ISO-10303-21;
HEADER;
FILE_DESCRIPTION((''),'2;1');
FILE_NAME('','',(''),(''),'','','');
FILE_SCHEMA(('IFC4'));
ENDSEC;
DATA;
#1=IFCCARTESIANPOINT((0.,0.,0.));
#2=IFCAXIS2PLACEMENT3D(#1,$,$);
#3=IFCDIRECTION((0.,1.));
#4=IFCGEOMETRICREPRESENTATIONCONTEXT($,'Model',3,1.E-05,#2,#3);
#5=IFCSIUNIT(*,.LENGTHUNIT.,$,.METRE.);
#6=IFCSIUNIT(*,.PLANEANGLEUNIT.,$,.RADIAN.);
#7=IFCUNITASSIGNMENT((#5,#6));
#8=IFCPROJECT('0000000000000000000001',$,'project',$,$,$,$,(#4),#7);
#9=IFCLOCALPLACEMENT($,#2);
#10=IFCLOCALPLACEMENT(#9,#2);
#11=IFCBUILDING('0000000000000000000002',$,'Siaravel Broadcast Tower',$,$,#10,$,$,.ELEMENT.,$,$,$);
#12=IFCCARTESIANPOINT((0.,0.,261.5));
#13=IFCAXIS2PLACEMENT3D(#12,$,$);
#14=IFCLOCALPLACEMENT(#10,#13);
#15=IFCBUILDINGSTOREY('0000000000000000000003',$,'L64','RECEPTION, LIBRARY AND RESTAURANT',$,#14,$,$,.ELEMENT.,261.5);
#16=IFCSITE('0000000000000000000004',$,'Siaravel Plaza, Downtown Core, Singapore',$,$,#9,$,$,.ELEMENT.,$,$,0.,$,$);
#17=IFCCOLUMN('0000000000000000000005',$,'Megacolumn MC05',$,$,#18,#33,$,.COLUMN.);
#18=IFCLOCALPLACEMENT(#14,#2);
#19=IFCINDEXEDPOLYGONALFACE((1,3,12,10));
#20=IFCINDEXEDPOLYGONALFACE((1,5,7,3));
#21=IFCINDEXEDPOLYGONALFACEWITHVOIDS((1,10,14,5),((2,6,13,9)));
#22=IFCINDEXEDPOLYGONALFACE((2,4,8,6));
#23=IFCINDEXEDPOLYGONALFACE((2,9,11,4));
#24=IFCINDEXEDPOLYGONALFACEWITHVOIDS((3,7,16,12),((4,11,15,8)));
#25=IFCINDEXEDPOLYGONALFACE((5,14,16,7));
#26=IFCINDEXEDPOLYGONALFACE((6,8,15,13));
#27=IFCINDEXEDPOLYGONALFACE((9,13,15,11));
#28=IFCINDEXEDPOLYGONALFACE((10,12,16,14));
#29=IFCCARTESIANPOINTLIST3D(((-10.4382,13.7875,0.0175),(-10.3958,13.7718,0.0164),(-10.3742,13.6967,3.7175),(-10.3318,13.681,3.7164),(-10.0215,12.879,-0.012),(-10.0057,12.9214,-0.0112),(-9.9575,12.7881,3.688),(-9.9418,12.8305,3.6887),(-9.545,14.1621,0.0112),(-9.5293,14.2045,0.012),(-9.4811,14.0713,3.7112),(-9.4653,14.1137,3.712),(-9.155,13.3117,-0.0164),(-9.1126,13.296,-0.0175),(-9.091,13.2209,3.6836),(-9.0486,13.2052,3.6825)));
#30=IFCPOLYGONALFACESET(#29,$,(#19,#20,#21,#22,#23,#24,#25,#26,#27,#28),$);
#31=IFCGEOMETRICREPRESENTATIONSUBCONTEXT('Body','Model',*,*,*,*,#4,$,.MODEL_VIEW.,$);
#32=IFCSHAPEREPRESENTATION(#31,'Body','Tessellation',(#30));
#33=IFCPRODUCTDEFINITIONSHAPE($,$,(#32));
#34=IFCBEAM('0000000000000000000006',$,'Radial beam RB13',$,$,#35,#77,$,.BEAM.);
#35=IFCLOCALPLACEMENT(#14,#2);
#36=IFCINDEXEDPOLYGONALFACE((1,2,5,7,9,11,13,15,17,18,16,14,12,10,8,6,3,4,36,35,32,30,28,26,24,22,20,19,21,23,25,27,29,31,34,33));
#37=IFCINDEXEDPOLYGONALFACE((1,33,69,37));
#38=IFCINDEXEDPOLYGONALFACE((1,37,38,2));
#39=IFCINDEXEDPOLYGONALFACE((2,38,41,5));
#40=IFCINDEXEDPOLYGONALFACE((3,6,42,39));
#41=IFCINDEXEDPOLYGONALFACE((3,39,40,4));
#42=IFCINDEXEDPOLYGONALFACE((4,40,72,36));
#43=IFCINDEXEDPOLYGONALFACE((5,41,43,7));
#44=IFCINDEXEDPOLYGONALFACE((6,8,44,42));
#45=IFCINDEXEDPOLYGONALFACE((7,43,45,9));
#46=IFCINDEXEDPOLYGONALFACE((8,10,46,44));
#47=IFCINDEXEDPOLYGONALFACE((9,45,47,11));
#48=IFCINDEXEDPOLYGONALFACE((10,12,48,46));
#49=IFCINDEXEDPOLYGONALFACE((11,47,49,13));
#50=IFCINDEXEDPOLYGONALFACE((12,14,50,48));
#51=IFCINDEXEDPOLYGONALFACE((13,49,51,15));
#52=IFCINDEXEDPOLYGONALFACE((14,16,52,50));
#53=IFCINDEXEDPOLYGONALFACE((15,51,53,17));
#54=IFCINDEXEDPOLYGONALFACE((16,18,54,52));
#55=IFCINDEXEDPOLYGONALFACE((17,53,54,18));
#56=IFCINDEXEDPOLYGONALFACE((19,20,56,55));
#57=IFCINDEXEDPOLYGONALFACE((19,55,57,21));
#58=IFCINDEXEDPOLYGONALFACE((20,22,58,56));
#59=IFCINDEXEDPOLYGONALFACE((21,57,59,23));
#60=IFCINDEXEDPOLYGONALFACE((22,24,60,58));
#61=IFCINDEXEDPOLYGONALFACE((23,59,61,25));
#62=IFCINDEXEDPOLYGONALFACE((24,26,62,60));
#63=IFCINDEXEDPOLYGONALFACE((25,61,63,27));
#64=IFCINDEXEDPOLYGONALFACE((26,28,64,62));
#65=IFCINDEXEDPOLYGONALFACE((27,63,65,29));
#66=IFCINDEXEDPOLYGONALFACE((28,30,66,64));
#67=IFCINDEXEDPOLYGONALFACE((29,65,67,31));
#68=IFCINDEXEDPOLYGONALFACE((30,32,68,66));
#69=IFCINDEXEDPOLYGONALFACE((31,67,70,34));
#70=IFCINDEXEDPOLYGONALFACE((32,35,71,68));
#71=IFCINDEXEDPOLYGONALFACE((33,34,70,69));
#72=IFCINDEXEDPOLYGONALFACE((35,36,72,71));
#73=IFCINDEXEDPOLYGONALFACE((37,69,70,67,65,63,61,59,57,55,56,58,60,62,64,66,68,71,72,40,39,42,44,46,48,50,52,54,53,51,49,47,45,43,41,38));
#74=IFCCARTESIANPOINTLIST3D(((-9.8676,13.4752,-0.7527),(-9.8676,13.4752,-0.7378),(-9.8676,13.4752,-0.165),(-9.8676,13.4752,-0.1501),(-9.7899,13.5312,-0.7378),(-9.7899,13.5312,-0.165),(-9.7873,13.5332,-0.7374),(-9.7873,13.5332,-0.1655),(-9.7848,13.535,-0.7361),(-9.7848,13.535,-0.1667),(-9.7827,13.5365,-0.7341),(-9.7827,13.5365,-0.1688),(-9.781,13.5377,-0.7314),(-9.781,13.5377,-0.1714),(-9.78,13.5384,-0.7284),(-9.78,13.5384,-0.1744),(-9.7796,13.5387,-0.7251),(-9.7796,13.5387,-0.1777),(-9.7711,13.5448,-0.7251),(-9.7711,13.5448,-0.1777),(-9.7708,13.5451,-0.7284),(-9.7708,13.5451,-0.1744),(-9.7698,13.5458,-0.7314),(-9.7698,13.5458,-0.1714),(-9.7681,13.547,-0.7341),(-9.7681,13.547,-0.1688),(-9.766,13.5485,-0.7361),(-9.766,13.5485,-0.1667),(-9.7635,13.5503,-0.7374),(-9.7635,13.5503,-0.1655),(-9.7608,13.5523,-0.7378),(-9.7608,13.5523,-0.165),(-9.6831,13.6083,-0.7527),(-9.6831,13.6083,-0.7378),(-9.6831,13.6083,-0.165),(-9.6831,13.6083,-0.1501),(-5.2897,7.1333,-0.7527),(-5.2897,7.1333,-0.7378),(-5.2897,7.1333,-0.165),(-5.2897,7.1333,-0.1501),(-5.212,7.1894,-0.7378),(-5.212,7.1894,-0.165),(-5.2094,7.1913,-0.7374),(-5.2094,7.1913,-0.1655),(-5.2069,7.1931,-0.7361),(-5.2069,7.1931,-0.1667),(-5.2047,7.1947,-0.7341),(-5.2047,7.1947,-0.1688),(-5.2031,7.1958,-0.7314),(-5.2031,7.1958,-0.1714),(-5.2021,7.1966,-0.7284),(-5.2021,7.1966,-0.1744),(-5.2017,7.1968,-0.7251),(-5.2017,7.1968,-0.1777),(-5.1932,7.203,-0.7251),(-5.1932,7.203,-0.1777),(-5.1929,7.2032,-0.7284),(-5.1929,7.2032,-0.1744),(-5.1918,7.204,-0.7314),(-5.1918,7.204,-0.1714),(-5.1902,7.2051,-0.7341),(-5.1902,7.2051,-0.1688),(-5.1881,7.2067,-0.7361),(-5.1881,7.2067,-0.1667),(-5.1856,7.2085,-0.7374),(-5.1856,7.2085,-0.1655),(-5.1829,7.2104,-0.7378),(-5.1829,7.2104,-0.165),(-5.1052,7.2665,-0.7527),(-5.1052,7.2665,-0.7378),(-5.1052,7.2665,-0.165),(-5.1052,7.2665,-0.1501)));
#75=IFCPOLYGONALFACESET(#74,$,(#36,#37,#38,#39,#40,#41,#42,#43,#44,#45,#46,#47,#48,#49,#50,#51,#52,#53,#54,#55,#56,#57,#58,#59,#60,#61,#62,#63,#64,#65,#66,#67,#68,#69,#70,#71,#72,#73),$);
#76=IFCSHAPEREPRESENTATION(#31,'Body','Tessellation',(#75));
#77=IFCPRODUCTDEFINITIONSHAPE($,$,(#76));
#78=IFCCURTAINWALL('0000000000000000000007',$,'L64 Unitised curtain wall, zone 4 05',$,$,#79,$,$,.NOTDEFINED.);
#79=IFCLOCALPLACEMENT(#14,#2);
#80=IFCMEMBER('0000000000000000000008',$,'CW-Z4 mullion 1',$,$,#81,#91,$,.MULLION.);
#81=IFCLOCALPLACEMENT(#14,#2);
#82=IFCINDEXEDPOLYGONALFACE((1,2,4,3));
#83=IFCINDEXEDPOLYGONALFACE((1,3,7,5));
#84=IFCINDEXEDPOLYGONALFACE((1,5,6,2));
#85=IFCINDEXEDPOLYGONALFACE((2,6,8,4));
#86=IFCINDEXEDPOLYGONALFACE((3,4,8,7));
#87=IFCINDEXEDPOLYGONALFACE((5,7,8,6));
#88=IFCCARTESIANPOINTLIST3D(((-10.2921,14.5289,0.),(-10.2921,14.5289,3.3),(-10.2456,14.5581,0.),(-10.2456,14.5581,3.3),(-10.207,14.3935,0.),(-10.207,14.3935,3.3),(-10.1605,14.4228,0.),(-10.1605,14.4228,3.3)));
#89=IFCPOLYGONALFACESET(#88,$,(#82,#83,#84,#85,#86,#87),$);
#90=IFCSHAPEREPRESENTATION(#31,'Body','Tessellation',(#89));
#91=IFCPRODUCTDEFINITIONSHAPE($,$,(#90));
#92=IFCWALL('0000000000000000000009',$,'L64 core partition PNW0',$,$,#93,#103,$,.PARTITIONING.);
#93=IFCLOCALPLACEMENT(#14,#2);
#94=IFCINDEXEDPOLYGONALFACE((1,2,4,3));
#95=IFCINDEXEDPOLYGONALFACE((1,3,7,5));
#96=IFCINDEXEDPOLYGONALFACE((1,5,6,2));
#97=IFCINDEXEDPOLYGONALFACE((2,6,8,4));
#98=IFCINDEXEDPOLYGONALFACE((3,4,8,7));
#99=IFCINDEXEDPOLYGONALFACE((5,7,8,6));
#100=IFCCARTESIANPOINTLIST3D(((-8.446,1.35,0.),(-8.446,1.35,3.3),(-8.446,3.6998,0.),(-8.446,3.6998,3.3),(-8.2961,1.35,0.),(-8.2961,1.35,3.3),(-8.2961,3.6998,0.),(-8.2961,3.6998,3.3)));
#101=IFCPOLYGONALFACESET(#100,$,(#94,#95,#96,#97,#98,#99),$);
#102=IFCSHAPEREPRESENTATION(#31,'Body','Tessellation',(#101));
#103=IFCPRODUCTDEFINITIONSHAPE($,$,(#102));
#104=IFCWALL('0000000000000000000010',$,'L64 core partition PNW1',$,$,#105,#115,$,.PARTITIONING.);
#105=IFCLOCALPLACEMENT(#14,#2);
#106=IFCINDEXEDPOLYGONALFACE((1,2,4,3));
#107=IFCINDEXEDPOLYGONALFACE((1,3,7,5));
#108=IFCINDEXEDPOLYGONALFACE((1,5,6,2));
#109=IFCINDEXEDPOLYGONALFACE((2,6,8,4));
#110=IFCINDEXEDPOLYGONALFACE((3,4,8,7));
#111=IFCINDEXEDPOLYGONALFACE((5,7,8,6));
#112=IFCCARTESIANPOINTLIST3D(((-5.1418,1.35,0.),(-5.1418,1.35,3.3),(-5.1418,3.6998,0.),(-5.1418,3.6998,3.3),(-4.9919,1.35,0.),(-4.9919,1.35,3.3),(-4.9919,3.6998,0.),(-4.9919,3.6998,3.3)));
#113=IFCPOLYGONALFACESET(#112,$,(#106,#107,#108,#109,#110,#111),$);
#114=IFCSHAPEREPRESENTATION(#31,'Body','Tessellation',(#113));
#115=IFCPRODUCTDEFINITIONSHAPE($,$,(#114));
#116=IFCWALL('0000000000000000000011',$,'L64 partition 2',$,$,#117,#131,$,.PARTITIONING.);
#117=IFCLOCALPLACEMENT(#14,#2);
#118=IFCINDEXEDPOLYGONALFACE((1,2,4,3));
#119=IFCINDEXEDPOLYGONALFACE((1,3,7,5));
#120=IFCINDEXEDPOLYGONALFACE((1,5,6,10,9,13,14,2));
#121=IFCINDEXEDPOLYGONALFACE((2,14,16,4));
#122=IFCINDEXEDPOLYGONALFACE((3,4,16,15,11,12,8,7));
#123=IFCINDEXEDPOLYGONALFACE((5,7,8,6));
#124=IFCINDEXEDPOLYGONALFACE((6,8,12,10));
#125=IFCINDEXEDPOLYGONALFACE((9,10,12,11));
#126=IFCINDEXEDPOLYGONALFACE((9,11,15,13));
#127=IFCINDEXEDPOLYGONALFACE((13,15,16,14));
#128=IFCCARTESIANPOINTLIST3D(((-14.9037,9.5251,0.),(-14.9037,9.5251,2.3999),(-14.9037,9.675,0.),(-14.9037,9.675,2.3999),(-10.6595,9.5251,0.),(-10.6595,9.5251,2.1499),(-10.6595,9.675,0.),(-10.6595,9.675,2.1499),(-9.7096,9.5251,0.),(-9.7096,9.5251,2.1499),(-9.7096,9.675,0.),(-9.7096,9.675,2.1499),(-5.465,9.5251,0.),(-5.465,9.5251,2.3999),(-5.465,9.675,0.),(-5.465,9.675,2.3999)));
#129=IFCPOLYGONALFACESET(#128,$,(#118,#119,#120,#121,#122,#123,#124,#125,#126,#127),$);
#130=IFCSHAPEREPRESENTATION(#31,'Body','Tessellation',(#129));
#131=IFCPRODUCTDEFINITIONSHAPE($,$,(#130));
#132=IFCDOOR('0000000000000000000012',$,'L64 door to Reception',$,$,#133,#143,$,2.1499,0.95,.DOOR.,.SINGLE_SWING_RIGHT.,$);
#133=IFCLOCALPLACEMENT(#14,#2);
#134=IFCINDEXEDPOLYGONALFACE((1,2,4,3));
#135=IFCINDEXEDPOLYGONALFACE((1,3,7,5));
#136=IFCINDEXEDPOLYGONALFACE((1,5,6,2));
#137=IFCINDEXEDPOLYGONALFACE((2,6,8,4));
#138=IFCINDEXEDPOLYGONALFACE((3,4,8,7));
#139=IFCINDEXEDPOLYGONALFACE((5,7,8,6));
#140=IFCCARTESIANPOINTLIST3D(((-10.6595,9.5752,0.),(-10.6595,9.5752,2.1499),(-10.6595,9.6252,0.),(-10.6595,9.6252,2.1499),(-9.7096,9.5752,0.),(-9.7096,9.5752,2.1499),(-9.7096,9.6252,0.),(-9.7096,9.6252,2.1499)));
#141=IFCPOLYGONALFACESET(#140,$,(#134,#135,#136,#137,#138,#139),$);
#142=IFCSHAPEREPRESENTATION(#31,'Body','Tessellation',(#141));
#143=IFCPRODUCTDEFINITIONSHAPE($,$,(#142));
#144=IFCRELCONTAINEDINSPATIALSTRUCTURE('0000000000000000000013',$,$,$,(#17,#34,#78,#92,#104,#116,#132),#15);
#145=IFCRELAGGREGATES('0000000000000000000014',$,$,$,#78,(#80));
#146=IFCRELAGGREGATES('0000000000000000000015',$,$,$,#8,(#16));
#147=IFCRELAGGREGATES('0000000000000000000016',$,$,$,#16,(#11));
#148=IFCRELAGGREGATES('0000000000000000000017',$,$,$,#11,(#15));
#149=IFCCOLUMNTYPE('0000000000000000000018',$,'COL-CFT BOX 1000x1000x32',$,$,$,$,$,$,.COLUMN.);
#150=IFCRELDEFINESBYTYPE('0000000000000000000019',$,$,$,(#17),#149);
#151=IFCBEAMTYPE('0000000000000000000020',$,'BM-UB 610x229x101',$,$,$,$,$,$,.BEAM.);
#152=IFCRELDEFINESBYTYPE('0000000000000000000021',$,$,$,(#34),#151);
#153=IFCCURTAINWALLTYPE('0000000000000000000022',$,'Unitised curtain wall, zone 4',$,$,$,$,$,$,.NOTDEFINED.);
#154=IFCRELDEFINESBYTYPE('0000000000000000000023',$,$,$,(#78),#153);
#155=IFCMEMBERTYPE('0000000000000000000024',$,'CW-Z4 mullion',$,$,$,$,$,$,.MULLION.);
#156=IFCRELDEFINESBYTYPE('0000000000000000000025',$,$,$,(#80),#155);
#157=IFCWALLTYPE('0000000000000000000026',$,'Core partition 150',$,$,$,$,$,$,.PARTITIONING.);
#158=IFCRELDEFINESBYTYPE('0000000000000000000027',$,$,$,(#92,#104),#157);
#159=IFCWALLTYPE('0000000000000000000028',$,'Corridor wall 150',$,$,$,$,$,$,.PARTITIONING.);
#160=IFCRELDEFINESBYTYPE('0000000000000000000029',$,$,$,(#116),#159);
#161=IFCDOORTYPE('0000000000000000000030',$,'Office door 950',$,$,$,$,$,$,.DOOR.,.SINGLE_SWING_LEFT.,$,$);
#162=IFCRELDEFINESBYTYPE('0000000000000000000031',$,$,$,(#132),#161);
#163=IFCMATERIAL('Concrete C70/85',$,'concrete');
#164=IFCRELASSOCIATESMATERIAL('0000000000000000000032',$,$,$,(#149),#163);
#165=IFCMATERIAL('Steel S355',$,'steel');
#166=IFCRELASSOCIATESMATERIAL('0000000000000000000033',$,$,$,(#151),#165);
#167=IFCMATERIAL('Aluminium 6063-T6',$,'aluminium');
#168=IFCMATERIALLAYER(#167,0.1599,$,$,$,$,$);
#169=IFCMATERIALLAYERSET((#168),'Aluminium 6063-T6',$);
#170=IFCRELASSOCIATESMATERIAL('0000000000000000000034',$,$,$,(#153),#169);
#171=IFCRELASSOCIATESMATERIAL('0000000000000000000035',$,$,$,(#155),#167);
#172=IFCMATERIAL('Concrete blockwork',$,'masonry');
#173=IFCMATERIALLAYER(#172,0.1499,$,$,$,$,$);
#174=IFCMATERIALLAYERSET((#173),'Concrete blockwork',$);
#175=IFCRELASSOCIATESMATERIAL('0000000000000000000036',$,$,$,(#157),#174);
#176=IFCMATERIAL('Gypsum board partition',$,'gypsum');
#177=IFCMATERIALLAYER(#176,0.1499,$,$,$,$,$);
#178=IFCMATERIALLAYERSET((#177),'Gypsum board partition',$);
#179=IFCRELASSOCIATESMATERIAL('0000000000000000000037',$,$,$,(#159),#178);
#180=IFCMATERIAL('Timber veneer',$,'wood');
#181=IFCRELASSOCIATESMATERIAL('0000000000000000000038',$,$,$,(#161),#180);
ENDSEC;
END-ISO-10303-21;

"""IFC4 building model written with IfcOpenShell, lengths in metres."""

from ifc_helpers import new_model, si_unit, direction, frame, frame_2d, origin, origin_2d, place, context, subcontext, project, spatial, rectangle, hollow_rectangle, i_section, extrude, material, layer, layer_set, material_profile, profile_set, type_object, element, fill, aggregate, save


model = new_model("IFC4")

# Units and contexts
model_context = context("Model", 3, precision=1e-05, world=origin(), true_north=direction((0.0, 1.0)))
body_context = subcontext(model_context, "Body", "Model", "MODEL_VIEW")
ifc_project = project(units=[si_unit("LENGTHUNIT", "METRE"), si_unit("PLANEANGLEUNIT", "RADIAN")], contexts=[model_context])

# Site, building, storey
site_placement = place(None, origin())
site = spatial("IfcSite", under=ifc_project, at=site_placement, Name="Siaravel Plaza, Downtown Core, Singapore", CompositionType="ELEMENT", RefElevation=0.0)
building_placement = place(site_placement, origin())
building = spatial("IfcBuilding", under=site, at=building_placement, Name="Siaravel Broadcast Tower", CompositionType="ELEMENT")
storey_placement = place(building_placement, frame((0.0, 0.0, 261.5)))
storey = spatial("IfcBuildingStorey", under=building, at=storey_placement, Name="L64", Description="RECEPTION, LIBRARY AND RESTAURANT", CompositionType="ELEMENT", Elevation=261.5)

# Column
ifc_material_1 = material(Name="Concrete C70/85", Category="concrete")
ifc_material_profile_1 = material_profile(ifc_material_1, hollow_rectangle(XDim=1.0, YDim=1.0, WallThickness=0.032, at=origin_2d()))
ifc_profile_set_1 = profile_set([ifc_material_profile_1], Name="Concrete C70/85")
column_type = type_object("IfcColumnType", Name="COL-CFT BOX 1000x1000x32", PredefinedType="COLUMN", material=ifc_profile_set_1)
column_placement = place(storey_placement, frame((-9.7754, 13.5417, 0.0), z_axis=(0.01728, -0.024535, 0.99955), x_axis=(0.908883, 0.417016, -0.005477)))
element("IfcColumn", 1, at=column_placement, inside=storey, type_object=column_type, Name="Megacolumn MC05", PredefinedType="COLUMN", context=body_context, shape_type="SweptSolid", body=[
    extrude(hollow_rectangle(XDim=1.0, YDim=1.0, WallThickness=0.032, at=origin_2d()), origin(), (0.0, 0.0, 1.0), 3.7017),
])

# Beam
ifc_material_2 = material(Name="Steel S355", Category="steel")
ifc_material_profile_2 = material_profile(ifc_material_2, i_section(OverallWidth=0.2275, OverallDepth=0.6025, WebThickness=0.0105, FlangeThickness=0.0149, FilletRadius=0.0127, at=origin_2d()))
ifc_profile_set_2 = profile_set([ifc_material_profile_2], Name="Steel S355")
beam_type = type_object("IfcBeamType", Name="BM-UB 610x229x101", PredefinedType="BEAM", material=ifc_profile_set_2)
beam_placement = place(storey_placement, frame((-9.7754, 13.5417, -0.4514), z_axis=(0.585297, -0.810819, 0.0), x_axis=(0.810819, 0.585297, 0.0)))
element("IfcBeam", 2, at=beam_placement, inside=storey, type_object=beam_type, Name="Radial beam RB13", PredefinedType="BEAM", context=body_context, shape_type="SweptSolid", body=[
    extrude(i_section(OverallWidth=0.2275, OverallDepth=0.6025, WebThickness=0.0105, FlangeThickness=0.0149, FilletRadius=0.0127, at=origin_2d()), origin(), (0.0, 0.0, 1.0), 7.8215),
])

# Curtain wall, member
ifc_material_3 = material(Name="Aluminium 6063-T6", Category="aluminium")
ifc_layer_1 = layer(ifc_material_3, 0.1599)
ifc_layer_set_1 = layer_set([ifc_layer_1], Name="Aluminium 6063-T6")
curtain_wall_type = type_object("IfcCurtainWallType", Name="Unitised curtain wall, zone 4", PredefinedType="NOTDEFINED", material=ifc_layer_set_1)
curtain_wall_placement = place(storey_placement, origin())
curtain_wall = element("IfcCurtainWall", 3, at=curtain_wall_placement, inside=storey, type_object=curtain_wall_type, Name="L64 Unitised curtain wall, zone 4 05", PredefinedType="NOTDEFINED")
ifc_material_profile_3 = material_profile(ifc_material_3, rectangle(XDim=0.1599, YDim=0.0549, at=origin_2d()))
ifc_profile_set_3 = profile_set([ifc_material_profile_3], Name="Aluminium 6063-T6")
member_type = type_object("IfcMemberType", Name="CW-Z4 mullion", PredefinedType="MULLION", material=ifc_profile_set_3)
member_placement = place(storey_placement, frame((-10.2263, 14.4758, 0.0), z_axis=(0.0, 0.0, 1.0), x_axis=(0.532151, -0.84665, 0.0)))
member = element("IfcMember", 4, at=member_placement, type_object=member_type, Name="CW-Z4 mullion 1", PredefinedType="MULLION", context=body_context, shape_type="SweptSolid", body=[
    extrude(rectangle(XDim=0.1599, YDim=0.0549, at=origin_2d()), origin(), (0.0, 0.0, 1.0), 3.3),
])
aggregate(curtain_wall, [member])

# Walls
ifc_material_4 = material(Name="Concrete blockwork", Category="masonry")
ifc_layer_2 = layer(ifc_material_4, 0.1499)
ifc_layer_set_2 = layer_set([ifc_layer_2], Name="Concrete blockwork")
wall_type_1 = type_object("IfcWallType", Name="Core partition 150", PredefinedType="PARTITIONING", material=ifc_layer_set_2)
for number, where, z_axis, x_axis, name in (
    (5, (-8.3711, 1.3501, 0.0), (0.0, 0.0, 1.0), (0.0, 1.0, 0.0), "L64 core partition PNW0"),
    (6, (-5.0669, 1.3501, 0.0), (0.0, 0.0, 1.0), (0.0, 1.0, 0.0), "L64 core partition PNW1"),
):
    element("IfcWall", number, at=place(storey_placement, frame(where, z_axis=z_axis, x_axis=x_axis)), inside=storey, type_object=wall_type_1, Name=name, PredefinedType="PARTITIONING", context=body_context, shape_type="SweptSolid", body=[
        extrude(rectangle(XDim=2.3499, YDim=0.1499, at=frame_2d((1.1748, 0.0))), origin(), (0.0, 0.0, 1.0), 3.3),
    ])

# Wall, opening, door
ifc_material_5 = material(Name="Gypsum board partition", Category="gypsum")
ifc_layer_3 = layer(ifc_material_5, 0.1499)
ifc_layer_set_3 = layer_set([ifc_layer_3], Name="Gypsum board partition")
wall_type_2 = type_object("IfcWallType", Name="Corridor wall 150", PredefinedType="PARTITIONING", material=ifc_layer_set_3)
wall_1_placement = place(storey_placement, frame((-5.4651, 9.6001, 0.0), z_axis=(0.0, 0.0, 1.0), x_axis=(-1.0, 0.0, 0.0)))
wall_1 = element("IfcWall", 7, at=wall_1_placement, inside=storey, type_object=wall_type_2, Name="L64 partition 2", PredefinedType="PARTITIONING", context=body_context, shape_type="SweptSolid", body=[
    extrude(rectangle(XDim=9.4387, YDim=0.1499, at=frame_2d((4.7192, 0.0))), origin(), (0.0, 0.0, 1.0), 2.3999),
])
opening_1_placement = place(wall_1_placement, frame((4.2444, 0.0, 0.0)))
opening_1 = element("IfcOpeningElement", 8, at=opening_1_placement, cuts=wall_1, PredefinedType="OPENING", context=body_context, shape_type="SweptSolid", body=[
    extrude(rectangle(XDim=0.95, YDim=2.1499, at=frame_2d((0.4751, 1.075))), frame((0.0, 0.085, 0.0), z_axis=(0.0, -1.0, 0.0), x_axis=(1.0, 0.0, 0.0)), (0.0, 0.0, 1.0), 0.1699),
])
ifc_material_6 = material(Name="Timber veneer", Category="wood")
door_type_1 = type_object("IfcDoorType", Name="Office door 950", OperationType="SINGLE_SWING_LEFT", PredefinedType="DOOR", material=ifc_material_6)
door_1_placement = place(opening_1_placement, origin())
door_1 = element("IfcDoor", 9, at=door_1_placement, inside=storey, type_object=door_type_1, Name="L64 door to Reception", OperationType="SINGLE_SWING_RIGHT", OverallHeight=2.1499, OverallWidth=0.95, PredefinedType="DOOR", context=body_context, shape_type="SweptSolid", body=[
    extrude(rectangle(XDim=0.95, YDim=2.1499, at=frame_2d((0.4751, 1.075))), frame((0.0, 0.0249, 0.0), z_axis=(0.0, -1.0, 0.0), x_axis=(1.0, 0.0, 0.0)), (0.0, 0.0, 1.0), 0.05),
])
fill(opening_1, door_1)

save(model, "model.ifc")
